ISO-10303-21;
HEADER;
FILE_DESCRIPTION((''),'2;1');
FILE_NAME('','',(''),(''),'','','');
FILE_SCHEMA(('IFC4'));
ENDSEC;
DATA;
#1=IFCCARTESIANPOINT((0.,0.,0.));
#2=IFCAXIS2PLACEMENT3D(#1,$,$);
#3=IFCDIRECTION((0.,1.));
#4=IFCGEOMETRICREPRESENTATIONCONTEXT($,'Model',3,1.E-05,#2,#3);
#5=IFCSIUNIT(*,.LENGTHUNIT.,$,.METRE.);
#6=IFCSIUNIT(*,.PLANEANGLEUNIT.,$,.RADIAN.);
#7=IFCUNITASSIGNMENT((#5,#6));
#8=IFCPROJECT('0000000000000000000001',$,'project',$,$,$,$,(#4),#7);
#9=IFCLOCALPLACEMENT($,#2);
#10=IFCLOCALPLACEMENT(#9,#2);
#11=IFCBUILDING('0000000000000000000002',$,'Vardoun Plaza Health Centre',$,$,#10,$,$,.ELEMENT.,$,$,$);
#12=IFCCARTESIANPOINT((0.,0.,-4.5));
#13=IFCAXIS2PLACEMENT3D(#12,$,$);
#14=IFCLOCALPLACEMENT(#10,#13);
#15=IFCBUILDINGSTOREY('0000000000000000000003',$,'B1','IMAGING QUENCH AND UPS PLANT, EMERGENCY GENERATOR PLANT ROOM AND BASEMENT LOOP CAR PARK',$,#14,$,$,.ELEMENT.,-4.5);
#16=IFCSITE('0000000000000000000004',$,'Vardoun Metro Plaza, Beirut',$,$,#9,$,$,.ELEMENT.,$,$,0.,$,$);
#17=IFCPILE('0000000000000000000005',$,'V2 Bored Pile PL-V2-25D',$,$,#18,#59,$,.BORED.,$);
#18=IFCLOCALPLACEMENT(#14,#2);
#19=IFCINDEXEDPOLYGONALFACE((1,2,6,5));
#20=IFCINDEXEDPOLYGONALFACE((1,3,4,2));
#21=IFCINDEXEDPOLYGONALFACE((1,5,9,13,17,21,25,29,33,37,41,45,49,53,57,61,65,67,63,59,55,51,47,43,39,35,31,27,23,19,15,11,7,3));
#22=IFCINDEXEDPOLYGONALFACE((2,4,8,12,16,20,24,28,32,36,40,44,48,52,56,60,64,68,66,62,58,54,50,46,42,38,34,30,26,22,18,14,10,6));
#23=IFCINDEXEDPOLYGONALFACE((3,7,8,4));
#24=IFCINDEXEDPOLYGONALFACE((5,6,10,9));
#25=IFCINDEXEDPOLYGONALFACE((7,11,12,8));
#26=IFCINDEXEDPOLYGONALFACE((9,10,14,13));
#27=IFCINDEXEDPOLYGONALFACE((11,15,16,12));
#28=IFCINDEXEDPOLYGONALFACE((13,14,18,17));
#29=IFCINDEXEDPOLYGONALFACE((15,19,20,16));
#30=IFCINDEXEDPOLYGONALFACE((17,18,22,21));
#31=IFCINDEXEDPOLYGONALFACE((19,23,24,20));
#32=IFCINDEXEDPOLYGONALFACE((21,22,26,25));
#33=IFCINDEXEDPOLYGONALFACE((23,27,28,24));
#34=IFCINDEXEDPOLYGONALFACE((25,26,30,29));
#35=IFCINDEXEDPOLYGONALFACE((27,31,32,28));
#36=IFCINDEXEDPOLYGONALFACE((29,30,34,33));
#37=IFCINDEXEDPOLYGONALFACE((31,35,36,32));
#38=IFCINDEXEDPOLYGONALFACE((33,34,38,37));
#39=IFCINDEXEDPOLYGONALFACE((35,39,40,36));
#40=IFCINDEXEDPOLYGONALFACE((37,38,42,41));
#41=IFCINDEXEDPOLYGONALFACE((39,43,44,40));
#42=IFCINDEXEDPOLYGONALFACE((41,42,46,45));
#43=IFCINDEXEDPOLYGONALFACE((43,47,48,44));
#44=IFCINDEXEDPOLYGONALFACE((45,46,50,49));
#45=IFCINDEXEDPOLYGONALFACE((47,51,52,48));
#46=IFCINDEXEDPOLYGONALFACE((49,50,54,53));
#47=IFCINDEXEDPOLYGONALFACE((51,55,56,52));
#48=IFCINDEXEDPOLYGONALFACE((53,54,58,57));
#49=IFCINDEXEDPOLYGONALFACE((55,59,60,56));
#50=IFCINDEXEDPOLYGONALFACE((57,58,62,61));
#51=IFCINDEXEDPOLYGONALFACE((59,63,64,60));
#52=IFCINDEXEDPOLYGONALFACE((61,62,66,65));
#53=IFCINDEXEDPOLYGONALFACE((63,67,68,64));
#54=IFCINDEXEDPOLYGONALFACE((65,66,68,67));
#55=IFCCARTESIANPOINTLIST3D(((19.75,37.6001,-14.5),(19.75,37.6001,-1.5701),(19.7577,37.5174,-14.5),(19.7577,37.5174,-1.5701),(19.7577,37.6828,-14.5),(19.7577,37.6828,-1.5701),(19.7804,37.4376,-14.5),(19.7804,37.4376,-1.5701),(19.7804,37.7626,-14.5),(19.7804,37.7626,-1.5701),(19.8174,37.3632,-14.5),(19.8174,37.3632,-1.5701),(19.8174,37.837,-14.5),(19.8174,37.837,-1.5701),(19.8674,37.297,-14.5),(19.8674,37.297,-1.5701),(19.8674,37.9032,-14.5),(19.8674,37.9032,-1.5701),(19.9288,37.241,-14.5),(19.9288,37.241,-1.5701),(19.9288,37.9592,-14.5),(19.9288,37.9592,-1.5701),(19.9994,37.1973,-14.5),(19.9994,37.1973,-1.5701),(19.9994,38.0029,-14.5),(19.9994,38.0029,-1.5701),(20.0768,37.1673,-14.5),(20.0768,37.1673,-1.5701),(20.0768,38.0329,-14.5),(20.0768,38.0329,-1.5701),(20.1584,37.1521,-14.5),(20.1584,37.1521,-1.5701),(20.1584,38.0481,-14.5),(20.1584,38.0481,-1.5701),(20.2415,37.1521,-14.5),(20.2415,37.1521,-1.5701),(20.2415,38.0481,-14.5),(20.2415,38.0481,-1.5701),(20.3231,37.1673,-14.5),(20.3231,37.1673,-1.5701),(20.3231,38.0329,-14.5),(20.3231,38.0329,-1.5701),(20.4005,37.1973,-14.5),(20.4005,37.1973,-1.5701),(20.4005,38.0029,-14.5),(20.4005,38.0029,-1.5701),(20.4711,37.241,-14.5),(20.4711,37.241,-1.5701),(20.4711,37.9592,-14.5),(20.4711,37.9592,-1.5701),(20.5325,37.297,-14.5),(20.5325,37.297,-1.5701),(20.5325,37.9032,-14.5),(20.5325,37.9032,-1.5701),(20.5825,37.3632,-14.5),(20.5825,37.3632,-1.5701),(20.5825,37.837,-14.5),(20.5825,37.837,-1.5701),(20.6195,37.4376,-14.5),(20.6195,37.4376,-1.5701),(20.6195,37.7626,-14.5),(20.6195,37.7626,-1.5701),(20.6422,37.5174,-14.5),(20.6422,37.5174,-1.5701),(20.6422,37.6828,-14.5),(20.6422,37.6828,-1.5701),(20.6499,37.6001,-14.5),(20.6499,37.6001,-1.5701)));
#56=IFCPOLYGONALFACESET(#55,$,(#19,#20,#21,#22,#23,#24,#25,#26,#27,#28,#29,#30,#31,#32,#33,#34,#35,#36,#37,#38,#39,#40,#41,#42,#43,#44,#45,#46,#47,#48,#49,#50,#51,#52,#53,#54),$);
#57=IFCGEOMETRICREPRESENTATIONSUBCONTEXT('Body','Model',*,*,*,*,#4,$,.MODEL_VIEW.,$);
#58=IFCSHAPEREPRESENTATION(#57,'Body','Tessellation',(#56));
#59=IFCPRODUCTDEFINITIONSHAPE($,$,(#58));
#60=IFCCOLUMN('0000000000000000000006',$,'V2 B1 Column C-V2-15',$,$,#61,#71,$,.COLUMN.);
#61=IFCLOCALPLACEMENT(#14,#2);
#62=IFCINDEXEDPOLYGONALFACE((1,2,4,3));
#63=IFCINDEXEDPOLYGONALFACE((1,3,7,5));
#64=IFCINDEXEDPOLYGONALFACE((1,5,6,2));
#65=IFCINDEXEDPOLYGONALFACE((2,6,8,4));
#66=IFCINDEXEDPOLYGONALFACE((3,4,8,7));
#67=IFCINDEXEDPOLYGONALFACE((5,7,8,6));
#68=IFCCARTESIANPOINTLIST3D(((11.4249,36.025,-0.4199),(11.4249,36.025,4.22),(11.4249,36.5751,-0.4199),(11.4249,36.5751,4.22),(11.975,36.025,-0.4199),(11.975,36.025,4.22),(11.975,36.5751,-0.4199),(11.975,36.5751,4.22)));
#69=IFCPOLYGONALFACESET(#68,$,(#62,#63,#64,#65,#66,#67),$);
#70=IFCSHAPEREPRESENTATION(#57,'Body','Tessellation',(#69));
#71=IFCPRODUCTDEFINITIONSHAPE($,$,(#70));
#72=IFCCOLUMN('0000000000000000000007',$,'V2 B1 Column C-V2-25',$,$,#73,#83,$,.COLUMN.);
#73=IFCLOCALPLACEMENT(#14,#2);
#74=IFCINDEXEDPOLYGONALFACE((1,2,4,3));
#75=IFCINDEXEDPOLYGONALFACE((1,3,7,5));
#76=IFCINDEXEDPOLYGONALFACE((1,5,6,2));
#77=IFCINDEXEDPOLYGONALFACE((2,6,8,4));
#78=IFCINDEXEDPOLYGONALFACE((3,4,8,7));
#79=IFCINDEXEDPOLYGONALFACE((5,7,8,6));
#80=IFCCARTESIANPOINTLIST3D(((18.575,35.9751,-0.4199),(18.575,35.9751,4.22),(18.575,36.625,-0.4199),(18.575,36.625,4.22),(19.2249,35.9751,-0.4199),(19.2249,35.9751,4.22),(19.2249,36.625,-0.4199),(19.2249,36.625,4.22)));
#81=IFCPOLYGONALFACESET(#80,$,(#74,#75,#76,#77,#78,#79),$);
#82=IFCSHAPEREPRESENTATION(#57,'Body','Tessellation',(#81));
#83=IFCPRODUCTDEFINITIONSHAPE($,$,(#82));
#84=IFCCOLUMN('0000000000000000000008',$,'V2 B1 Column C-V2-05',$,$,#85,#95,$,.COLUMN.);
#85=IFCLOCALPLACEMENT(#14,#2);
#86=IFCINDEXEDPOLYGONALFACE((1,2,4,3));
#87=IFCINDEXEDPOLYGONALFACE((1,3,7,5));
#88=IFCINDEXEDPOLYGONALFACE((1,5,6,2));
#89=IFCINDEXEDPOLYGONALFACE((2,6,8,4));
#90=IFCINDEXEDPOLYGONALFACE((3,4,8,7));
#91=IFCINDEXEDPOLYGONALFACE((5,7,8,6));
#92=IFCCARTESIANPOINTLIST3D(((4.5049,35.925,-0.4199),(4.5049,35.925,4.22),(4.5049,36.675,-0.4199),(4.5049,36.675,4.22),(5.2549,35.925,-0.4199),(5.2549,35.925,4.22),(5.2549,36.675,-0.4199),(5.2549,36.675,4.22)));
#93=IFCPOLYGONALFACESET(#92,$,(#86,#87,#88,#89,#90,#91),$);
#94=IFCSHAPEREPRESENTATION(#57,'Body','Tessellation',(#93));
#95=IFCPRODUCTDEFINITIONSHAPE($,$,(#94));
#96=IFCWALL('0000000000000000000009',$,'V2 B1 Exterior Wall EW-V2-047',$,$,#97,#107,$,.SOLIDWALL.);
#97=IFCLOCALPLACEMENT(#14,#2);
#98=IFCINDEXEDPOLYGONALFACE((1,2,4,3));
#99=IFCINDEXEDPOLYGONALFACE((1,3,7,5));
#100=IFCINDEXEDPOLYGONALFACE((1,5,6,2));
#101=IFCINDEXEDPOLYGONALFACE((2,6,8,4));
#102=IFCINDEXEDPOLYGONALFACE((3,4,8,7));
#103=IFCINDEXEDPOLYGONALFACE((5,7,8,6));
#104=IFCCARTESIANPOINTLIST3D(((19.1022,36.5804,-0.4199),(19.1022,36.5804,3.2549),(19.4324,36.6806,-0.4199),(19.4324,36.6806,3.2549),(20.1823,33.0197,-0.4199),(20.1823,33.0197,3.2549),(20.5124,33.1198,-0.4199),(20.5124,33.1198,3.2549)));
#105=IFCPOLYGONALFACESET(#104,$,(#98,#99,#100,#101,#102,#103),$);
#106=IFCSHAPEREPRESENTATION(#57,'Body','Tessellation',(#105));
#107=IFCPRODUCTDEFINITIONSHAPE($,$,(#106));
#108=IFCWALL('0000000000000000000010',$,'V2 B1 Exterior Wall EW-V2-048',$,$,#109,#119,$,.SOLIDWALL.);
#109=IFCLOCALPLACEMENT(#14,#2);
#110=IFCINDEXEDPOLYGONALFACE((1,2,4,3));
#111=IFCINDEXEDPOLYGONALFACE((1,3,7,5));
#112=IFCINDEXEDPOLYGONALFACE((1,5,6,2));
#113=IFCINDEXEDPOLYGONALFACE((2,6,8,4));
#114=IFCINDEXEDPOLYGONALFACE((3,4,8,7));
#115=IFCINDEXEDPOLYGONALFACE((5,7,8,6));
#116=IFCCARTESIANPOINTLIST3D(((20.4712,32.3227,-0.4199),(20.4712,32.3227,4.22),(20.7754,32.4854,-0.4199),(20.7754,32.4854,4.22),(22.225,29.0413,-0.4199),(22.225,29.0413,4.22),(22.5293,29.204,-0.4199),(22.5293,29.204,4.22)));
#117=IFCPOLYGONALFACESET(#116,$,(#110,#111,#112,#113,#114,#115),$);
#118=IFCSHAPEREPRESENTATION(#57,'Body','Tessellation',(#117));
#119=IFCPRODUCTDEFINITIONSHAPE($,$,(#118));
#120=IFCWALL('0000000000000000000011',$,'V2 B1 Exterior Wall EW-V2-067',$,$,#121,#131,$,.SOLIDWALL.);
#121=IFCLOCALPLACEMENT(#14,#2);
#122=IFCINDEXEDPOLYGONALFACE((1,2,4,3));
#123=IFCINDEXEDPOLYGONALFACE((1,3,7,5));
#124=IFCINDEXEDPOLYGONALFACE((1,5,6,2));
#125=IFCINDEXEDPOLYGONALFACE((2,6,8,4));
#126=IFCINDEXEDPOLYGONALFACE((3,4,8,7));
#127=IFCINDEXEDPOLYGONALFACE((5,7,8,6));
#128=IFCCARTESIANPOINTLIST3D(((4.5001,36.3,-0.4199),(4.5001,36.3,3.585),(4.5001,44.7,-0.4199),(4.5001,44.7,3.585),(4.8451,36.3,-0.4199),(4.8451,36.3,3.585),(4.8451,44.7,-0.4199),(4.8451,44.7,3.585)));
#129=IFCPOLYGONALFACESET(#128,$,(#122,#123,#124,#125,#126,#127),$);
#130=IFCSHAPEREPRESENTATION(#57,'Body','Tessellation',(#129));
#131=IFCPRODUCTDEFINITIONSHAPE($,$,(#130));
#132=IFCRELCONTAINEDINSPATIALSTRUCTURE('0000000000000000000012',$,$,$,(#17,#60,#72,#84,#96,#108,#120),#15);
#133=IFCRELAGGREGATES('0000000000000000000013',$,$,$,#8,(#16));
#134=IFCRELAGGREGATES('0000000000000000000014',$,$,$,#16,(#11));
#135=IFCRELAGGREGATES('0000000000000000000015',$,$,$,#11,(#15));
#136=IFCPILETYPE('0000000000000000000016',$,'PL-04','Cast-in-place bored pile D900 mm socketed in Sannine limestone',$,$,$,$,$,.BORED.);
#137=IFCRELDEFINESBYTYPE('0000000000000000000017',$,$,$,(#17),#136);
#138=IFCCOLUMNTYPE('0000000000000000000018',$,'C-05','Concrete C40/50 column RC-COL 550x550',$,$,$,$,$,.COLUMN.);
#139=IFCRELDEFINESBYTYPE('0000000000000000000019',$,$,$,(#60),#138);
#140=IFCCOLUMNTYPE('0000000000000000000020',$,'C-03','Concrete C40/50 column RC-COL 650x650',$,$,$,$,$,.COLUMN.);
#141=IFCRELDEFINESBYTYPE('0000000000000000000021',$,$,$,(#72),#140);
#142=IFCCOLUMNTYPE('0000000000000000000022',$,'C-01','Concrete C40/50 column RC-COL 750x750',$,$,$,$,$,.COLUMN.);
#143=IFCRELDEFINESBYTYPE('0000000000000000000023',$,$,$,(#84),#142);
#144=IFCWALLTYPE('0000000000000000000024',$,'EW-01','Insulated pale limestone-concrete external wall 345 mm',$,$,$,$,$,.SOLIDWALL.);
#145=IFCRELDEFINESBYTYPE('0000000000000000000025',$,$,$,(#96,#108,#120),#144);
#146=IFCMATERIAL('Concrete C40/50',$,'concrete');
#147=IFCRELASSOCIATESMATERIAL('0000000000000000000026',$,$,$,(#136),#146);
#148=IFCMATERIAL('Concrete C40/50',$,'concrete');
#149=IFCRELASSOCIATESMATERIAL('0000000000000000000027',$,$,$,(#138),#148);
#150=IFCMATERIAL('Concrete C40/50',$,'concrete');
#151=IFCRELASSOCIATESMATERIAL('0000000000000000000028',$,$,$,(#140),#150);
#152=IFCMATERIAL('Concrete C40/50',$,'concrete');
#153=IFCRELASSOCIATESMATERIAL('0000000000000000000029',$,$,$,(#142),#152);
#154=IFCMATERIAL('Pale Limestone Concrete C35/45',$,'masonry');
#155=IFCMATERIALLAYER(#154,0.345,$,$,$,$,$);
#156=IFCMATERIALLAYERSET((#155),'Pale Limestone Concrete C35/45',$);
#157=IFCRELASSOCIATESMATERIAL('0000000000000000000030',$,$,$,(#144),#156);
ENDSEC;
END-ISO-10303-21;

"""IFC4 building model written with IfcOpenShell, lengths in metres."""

from ifc_helpers import new_model, si_unit, direction, frame, frame_2d, origin, origin_2d, place, context, subcontext, project, spatial, rectangle, circle, extrude, material, layer, layer_set, material_profile, profile_set, type_object, element, save


model = new_model("IFC4")

# Units and contexts
model_context = context("Model", 3, precision=1e-05, world=origin(), true_north=direction((0.0, 1.0)))
body_context = subcontext(model_context, "Body", "Model", "MODEL_VIEW")
ifc_project = project(units=[si_unit("LENGTHUNIT", "METRE"), si_unit("PLANEANGLEUNIT", "RADIAN")], contexts=[model_context])

# Site, building, storey
site_placement = place(None, origin())
site = spatial("IfcSite", under=ifc_project, at=site_placement, Name="Vardoun Metro Plaza, Beirut", CompositionType="ELEMENT", RefElevation=0.0)
building_placement = place(site_placement, origin())
building = spatial("IfcBuilding", under=site, at=building_placement, Name="Vardoun Plaza Health Centre", CompositionType="ELEMENT")
storey_placement = place(building_placement, frame((0.0, 0.0, -4.5)))
storey = spatial("IfcBuildingStorey", under=building, at=storey_placement, Name="B1", Description="IMAGING QUENCH AND UPS PLANT, EMERGENCY GENERATOR PLANT ROOM AND BASEMENT LOOP CAR PARK", CompositionType="ELEMENT", Elevation=-4.5)

# Pile
ifc_material_1 = material(Name="Concrete C40/50", Category="concrete")
ifc_material_profile_1 = material_profile(ifc_material_1, circle(Radius=0.45, at=origin_2d()), Name="PILE D900")
ifc_profile_set_1 = profile_set([ifc_material_profile_1], Name="Concrete C40/50")
pile_type_1 = type_object("IfcPileType", Name="PL-04", Description="Cast-in-place bored pile D900 mm socketed in Sannine limestone", PredefinedType="BORED", material=ifc_profile_set_1)
for number, where, z_axis, x_axis, name in (
    (1, (20.2, 37.6001, -1.5701), (0.0, 0.0, -1.0), (1.0, 0.0, 0.0), "V2 Bored Pile PL-V2-25D"),
):
    element("IfcPile", number, at=place(storey_placement, frame(where, z_axis=z_axis, x_axis=x_axis)), inside=storey, type_object=pile_type_1, Name=name, PredefinedType="BORED", context=body_context, shape_type="SweptSolid", body=[
        extrude(circle(Radius=0.45, at=origin_2d()), origin(), (0.0, 0.0, 1.0), 12.9299),
    ])

# Columns
ifc_material_2 = material(Name="Concrete C40/50", Category="concrete")
ifc_material_profile_2 = material_profile(ifc_material_2, rectangle(XDim=0.55, YDim=0.55, at=origin_2d()), Name="RC-COL 550x550")
ifc_profile_set_2 = profile_set([ifc_material_profile_2], Name="Concrete C40/50")
column_type_1 = type_object("IfcColumnType", Name="C-05", Description="Concrete C40/50 column RC-COL 550x550", PredefinedType="COLUMN", material=ifc_profile_set_2)
column_1_placement = place(storey_placement, frame((11.7, 36.3, -0.4199), z_axis=(0.0, 0.0, 1.0), x_axis=(1.0, 0.0, 0.0)))
element("IfcColumn", 2, at=column_1_placement, inside=storey, type_object=column_type_1, Name="V2 B1 Column C-V2-15", PredefinedType="COLUMN", context=body_context, shape_type="SweptSolid", body=[
    extrude(rectangle(XDim=0.55, YDim=0.55, at=origin_2d()), origin(), (0.0, 0.0, 1.0), 4.6399),
])
ifc_material_3 = material(Name="Concrete C40/50", Category="concrete")
ifc_material_profile_3 = material_profile(ifc_material_3, rectangle(XDim=0.6499, YDim=0.6499, at=origin_2d()), Name="RC-COL 650x650")
ifc_profile_set_3 = profile_set([ifc_material_profile_3], Name="Concrete C40/50")
column_type_2 = type_object("IfcColumnType", Name="C-03", Description="Concrete C40/50 column RC-COL 650x650", PredefinedType="COLUMN", material=ifc_profile_set_3)
column_2_placement = place(storey_placement, frame((18.8999, 36.3, -0.4199), z_axis=(0.0, 0.0, 1.0), x_axis=(1.0, 0.0, 0.0)))
element("IfcColumn", 3, at=column_2_placement, inside=storey, type_object=column_type_2, Name="V2 B1 Column C-V2-25", PredefinedType="COLUMN", context=body_context, shape_type="SweptSolid", body=[
    extrude(rectangle(XDim=0.6499, YDim=0.6499, at=origin_2d()), origin(), (0.0, 0.0, 1.0), 4.6399),
])
ifc_material_4 = material(Name="Concrete C40/50", Category="concrete")
ifc_material_profile_4 = material_profile(ifc_material_4, rectangle(XDim=0.75, YDim=0.75, at=origin_2d()), Name="RC-COL 750x750")
ifc_profile_set_4 = profile_set([ifc_material_profile_4], Name="Concrete C40/50")
column_type_3 = type_object("IfcColumnType", Name="C-01", Description="Concrete C40/50 column RC-COL 750x750", PredefinedType="COLUMN", material=ifc_profile_set_4)
column_3_placement = place(storey_placement, frame((4.8799, 36.3, -0.4199), z_axis=(0.0, 0.0, 1.0), x_axis=(1.0, 0.0, 0.0)))
element("IfcColumn", 4, at=column_3_placement, inside=storey, type_object=column_type_3, Name="V2 B1 Column C-V2-05", PredefinedType="COLUMN", context=body_context, shape_type="SweptSolid", body=[
    extrude(rectangle(XDim=0.75, YDim=0.75, at=origin_2d()), origin(), (0.0, 0.0, 1.0), 4.6399),
])

# Walls
ifc_material_5 = material(Name="Pale Limestone Concrete C35/45", Category="masonry")
ifc_layer = layer(ifc_material_5, 0.345)
ifc_layer_set = layer_set([ifc_layer], Name="Pale Limestone Concrete C35/45")
wall_type = type_object("IfcWallType", Name="EW-01", Description="Insulated pale limestone-concrete external wall 345 mm", PredefinedType="SOLIDWALL", material=ifc_layer_set)
wall_1_placement = place(storey_placement, frame((19.2673, 36.6304, -0.4199), z_axis=(0.0, 0.0, 1.0), x_axis=(0.290266, -0.956946, 0.0)))
element("IfcWall", 5, at=wall_1_placement, inside=storey, type_object=wall_type, Name="V2 B1 Exterior Wall EW-V2-047", PredefinedType="SOLIDWALL", context=body_context, shape_type="SweptSolid", body=[
    extrude(rectangle(XDim=3.7209, YDim=0.345, at=frame_2d((1.8604, 0.0))), origin(), (0.0, 0.0, 1.0), 3.6748),
])
wall_2_placement = place(storey_placement, frame((20.6233, 32.4041, -0.4199), z_axis=(0.0, 0.0, 1.0), x_axis=(0.471378, -0.881931, 0.0)))
element("IfcWall", 6, at=wall_2_placement, inside=storey, type_object=wall_type, Name="V2 B1 Exterior Wall EW-V2-048", PredefinedType="SOLIDWALL", context=body_context, shape_type="SweptSolid", body=[
    extrude(rectangle(XDim=3.7207, YDim=0.345, at=frame_2d((1.8604, 0.0))), origin(), (0.0, 0.0, 1.0), 4.6399),
])
wall_3_placement = place(storey_placement, frame((4.6726, 36.3, -0.4199), z_axis=(0.0, 0.0, 1.0), x_axis=(0.0, 1.0, 0.0)))
element("IfcWall", 7, at=wall_3_placement, inside=storey, type_object=wall_type, Name="V2 B1 Exterior Wall EW-V2-067", PredefinedType="SOLIDWALL", context=body_context, shape_type="SweptSolid", body=[
    extrude(rectangle(XDim=8.3999, YDim=0.345, at=frame_2d((4.2, 0.0))), origin(), (0.0, 0.0, 1.0), 4.0049),
])

save(model, "model.ifc")
